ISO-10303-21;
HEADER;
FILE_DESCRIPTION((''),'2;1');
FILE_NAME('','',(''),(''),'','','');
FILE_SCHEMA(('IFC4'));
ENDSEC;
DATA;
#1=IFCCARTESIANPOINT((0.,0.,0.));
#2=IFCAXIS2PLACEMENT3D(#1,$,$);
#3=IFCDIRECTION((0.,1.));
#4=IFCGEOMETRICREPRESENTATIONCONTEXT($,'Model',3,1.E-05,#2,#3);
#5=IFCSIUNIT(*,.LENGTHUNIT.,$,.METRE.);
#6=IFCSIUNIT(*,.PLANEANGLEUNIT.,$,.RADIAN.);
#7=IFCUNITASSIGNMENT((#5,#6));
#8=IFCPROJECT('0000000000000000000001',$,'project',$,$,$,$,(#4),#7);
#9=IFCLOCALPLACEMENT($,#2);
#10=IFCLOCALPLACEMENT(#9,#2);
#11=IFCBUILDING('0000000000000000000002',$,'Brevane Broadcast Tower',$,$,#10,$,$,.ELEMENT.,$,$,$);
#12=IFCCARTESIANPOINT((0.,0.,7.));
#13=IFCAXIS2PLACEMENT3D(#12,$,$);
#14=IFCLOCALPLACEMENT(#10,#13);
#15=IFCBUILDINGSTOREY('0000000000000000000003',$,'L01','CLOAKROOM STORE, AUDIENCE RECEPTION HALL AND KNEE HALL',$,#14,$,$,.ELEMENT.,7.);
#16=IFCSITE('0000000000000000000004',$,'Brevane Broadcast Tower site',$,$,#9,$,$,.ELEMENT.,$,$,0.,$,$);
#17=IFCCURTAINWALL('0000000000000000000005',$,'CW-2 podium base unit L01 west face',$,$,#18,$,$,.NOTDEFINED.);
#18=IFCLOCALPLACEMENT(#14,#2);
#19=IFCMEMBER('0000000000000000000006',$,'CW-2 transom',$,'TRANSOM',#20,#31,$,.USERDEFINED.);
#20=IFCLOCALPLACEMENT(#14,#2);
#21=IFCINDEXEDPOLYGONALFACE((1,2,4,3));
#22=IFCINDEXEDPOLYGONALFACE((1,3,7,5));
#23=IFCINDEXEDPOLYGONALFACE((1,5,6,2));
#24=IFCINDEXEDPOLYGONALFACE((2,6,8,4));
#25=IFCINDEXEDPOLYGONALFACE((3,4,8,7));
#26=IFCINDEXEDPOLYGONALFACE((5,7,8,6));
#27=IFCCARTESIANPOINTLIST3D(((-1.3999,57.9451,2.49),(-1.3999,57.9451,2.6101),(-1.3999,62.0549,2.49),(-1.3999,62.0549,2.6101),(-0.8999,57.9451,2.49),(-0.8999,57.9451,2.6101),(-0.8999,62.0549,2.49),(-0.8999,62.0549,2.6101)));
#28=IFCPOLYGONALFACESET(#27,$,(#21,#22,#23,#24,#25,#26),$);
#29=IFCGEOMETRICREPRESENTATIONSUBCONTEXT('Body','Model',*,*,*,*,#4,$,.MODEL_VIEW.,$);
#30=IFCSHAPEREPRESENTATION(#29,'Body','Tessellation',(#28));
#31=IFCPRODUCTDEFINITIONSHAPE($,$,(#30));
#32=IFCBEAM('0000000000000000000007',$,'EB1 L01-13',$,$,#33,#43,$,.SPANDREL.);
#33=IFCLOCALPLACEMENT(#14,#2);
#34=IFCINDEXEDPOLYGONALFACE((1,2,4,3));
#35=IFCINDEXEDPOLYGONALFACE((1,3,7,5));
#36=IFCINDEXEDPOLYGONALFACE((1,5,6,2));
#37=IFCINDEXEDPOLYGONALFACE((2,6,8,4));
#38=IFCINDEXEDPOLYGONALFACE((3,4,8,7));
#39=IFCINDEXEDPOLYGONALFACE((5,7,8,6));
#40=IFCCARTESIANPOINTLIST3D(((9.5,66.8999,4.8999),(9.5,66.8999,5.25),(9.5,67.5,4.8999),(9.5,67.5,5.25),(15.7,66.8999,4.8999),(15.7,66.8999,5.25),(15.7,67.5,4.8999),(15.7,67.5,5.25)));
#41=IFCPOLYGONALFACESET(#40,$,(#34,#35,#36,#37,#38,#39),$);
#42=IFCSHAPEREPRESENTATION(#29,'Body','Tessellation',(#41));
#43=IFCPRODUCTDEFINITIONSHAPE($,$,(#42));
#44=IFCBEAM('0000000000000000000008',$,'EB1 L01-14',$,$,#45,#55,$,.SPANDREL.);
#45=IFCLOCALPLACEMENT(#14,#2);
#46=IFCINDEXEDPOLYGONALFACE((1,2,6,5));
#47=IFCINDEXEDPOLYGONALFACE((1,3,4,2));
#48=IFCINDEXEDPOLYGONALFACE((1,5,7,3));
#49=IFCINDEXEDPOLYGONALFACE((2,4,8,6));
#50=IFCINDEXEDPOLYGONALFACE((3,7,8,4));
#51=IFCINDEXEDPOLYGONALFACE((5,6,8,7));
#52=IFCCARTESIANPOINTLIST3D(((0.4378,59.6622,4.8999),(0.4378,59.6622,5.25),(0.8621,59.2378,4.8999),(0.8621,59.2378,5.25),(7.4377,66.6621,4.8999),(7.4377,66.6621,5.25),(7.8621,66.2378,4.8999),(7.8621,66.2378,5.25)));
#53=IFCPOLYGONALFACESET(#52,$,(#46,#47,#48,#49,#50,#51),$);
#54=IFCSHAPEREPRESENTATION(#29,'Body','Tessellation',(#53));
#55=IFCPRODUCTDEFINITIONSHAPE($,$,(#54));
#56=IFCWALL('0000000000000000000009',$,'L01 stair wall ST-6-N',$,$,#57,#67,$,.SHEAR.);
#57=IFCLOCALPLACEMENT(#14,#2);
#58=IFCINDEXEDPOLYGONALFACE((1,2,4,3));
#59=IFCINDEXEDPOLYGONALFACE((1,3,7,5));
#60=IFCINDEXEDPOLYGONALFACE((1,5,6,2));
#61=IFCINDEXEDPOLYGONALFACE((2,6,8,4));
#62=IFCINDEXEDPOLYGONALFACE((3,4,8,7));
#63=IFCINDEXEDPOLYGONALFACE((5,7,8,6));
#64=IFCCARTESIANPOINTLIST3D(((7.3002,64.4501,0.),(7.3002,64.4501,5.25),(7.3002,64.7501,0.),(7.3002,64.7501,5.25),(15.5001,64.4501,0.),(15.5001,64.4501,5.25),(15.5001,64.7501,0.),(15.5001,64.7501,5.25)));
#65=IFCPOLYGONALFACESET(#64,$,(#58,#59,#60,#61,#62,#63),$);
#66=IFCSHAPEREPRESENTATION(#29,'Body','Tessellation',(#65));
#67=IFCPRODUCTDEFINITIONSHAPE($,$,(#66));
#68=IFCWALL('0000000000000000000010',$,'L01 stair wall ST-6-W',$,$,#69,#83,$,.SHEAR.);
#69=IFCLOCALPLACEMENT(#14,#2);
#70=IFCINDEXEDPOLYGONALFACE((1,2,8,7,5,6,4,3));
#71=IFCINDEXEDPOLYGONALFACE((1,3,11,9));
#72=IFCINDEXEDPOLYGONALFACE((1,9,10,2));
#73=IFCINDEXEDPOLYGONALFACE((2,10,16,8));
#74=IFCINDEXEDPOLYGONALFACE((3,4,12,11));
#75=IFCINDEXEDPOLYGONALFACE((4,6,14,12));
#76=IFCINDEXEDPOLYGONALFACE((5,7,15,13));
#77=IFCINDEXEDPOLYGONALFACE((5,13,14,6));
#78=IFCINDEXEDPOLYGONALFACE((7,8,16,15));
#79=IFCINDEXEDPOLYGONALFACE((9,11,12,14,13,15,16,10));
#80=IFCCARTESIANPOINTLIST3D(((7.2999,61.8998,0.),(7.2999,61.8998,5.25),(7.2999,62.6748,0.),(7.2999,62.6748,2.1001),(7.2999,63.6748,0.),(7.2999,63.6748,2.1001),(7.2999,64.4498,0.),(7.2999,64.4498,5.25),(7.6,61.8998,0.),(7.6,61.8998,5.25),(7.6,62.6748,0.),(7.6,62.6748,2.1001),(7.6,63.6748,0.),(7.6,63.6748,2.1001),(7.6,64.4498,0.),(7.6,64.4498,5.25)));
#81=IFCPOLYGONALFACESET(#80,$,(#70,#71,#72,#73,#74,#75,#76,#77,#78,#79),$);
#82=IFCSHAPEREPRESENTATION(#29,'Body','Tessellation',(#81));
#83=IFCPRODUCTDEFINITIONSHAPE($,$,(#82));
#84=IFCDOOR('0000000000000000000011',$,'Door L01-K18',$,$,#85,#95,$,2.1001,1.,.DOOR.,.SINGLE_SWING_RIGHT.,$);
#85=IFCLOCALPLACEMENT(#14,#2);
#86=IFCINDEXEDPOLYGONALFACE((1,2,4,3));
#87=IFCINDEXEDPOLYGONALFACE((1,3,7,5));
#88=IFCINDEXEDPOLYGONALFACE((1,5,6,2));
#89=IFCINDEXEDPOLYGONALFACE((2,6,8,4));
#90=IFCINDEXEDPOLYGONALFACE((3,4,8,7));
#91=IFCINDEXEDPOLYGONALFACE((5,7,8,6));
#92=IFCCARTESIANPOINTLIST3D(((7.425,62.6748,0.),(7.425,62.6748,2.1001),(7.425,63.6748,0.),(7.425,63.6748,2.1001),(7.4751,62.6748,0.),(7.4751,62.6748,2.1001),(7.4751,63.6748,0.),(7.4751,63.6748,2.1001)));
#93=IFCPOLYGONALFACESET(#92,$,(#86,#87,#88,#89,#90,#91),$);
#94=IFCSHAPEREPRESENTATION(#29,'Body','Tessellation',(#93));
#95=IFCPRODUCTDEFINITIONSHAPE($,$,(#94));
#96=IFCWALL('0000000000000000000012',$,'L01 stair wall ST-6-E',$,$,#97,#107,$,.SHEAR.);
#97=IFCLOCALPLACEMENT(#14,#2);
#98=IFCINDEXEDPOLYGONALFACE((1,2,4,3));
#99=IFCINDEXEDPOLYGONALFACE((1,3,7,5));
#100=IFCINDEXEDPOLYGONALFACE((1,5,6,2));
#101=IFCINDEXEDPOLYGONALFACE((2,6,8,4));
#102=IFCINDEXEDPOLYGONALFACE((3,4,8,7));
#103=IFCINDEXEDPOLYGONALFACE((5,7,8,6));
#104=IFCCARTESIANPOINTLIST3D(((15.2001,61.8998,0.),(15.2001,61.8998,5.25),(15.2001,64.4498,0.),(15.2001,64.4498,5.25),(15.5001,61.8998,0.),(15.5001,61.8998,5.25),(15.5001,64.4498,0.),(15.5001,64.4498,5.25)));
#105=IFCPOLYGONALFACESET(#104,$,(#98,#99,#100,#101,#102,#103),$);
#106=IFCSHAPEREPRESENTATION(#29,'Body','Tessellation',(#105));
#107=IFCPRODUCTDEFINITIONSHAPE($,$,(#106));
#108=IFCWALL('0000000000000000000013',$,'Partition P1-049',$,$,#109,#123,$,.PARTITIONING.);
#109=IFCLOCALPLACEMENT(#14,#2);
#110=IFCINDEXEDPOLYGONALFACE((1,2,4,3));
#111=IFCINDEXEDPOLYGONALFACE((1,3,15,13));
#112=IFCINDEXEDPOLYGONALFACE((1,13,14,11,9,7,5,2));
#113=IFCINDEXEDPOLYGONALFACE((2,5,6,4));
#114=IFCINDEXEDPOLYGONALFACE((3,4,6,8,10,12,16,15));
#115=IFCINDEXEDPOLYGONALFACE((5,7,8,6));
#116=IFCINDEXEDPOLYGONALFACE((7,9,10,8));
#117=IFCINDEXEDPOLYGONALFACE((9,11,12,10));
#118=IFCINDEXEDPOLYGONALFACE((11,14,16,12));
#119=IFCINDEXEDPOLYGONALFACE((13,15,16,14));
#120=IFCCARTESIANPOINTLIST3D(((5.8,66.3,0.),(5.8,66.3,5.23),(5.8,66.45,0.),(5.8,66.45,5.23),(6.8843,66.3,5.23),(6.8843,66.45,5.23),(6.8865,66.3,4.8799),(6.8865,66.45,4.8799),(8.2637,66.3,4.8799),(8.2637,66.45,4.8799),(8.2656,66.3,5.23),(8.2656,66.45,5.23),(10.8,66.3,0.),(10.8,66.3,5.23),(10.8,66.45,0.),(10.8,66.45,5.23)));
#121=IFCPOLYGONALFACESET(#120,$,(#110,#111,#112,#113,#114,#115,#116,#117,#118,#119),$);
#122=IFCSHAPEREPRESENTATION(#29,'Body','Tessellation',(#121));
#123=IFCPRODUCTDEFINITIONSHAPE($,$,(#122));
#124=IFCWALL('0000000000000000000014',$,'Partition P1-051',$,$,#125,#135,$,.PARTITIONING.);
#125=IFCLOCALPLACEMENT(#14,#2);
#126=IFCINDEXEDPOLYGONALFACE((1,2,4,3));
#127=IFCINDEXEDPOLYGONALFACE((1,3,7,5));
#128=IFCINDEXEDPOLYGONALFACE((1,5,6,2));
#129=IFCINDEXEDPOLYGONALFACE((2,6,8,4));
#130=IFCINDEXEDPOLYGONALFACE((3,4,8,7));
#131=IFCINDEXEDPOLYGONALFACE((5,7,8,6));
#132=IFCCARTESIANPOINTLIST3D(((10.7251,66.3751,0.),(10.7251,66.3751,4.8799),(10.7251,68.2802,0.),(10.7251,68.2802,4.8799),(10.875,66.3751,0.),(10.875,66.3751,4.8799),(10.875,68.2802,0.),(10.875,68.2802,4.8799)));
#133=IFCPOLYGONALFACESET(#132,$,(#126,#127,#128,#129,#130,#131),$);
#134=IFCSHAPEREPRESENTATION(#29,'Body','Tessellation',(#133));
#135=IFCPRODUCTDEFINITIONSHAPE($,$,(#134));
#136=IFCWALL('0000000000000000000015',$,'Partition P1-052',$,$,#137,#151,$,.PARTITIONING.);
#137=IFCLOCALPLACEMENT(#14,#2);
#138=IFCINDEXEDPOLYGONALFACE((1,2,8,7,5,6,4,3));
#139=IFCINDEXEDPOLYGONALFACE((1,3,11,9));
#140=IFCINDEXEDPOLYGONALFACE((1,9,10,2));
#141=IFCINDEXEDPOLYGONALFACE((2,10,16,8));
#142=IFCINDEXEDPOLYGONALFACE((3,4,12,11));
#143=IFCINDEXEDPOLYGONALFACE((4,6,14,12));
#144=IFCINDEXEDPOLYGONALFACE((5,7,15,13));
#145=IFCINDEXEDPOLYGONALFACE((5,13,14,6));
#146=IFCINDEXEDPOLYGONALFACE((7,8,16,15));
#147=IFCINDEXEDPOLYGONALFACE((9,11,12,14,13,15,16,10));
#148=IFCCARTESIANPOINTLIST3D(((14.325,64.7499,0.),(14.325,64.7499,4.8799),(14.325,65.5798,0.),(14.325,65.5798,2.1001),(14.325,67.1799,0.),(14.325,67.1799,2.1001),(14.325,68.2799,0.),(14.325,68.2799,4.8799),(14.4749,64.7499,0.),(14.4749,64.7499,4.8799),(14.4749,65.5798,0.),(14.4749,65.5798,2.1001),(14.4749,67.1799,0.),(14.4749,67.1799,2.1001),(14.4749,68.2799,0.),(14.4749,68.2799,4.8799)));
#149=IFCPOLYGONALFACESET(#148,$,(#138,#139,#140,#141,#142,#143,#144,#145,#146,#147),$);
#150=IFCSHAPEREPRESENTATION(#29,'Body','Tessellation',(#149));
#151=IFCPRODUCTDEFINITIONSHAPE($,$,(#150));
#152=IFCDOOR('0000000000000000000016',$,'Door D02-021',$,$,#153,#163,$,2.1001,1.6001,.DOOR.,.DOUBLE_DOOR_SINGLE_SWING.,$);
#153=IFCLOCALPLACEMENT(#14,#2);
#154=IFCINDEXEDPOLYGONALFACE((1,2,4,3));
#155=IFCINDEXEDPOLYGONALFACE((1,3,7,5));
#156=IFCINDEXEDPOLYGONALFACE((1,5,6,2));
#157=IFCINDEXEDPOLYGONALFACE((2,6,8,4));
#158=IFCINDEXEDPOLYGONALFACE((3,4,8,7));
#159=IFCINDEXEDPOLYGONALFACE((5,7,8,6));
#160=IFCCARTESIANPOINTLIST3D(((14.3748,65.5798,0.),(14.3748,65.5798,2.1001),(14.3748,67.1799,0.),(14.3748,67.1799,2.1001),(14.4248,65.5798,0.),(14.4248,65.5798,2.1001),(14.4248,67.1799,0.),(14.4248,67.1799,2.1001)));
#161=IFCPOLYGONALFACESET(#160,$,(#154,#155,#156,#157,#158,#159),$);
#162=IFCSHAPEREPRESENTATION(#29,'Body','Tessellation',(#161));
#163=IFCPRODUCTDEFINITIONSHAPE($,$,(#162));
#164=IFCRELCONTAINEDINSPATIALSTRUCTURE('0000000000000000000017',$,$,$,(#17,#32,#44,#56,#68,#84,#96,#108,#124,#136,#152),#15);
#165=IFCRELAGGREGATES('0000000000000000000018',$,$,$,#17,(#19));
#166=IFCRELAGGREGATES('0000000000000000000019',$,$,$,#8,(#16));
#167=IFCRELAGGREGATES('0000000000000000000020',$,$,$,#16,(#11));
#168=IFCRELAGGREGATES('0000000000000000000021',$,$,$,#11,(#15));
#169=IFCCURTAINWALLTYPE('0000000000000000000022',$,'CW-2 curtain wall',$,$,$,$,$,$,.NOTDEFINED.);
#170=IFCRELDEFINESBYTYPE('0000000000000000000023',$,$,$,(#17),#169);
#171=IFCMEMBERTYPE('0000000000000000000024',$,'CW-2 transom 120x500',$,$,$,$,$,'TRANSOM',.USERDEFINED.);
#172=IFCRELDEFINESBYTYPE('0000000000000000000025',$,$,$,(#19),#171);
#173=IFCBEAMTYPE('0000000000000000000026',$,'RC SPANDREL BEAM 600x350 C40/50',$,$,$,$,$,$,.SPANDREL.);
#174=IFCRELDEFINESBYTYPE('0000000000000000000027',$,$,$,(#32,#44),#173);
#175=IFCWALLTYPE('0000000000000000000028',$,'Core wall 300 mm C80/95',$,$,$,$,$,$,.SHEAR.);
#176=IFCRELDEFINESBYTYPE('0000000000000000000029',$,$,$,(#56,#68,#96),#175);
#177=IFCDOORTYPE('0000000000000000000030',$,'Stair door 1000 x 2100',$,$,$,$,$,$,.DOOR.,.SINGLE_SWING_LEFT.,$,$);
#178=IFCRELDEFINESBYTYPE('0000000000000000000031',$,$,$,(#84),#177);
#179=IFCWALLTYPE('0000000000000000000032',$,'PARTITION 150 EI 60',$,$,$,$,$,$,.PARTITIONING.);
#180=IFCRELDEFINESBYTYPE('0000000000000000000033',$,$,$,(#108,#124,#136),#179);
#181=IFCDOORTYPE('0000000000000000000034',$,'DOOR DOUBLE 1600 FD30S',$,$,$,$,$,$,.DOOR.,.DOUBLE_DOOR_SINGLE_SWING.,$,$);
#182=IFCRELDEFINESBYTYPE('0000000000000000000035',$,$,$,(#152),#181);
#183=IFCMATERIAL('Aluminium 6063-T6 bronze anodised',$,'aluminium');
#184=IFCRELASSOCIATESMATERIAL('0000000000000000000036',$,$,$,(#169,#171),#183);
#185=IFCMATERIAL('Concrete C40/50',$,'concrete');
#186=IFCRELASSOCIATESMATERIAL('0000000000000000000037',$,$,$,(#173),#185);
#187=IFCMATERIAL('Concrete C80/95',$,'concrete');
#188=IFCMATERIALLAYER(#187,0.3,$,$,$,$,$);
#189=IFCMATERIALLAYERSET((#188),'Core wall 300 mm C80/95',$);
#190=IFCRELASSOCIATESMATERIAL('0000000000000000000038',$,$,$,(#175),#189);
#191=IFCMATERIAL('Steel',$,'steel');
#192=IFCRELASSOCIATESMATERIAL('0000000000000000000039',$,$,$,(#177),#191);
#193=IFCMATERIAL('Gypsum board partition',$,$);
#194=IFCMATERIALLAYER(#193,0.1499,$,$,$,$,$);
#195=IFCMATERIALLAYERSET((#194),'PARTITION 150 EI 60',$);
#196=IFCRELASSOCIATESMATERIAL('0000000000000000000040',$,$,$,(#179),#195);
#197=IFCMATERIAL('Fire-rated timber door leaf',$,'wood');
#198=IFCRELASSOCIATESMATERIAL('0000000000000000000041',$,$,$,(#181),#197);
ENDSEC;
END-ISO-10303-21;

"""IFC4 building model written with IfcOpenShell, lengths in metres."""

from ifc_helpers import new_model, si_unit, direction, frame, frame_2d, origin, origin_2d, place, context, subcontext, project, spatial, polyline, rectangle, outline, extrude, material, layer, layer_set, material_profile, profile_set, type_object, element, fill, aggregate, save


model = new_model("IFC4")

# Units and contexts
model_context = context("Model", 3, precision=1e-05, world=origin(), true_north=direction((0.0, 1.0)))
body_context = subcontext(model_context, "Body", "Model", "MODEL_VIEW")
ifc_project = project(units=[si_unit("LENGTHUNIT", "METRE"), si_unit("PLANEANGLEUNIT", "RADIAN")], contexts=[model_context])

# Site, building, storey
site_placement = place(None, origin())
site = spatial("IfcSite", under=ifc_project, at=site_placement, Name="Brevane Broadcast Tower site", CompositionType="ELEMENT", RefElevation=0.0)
building_placement = place(site_placement, origin())
building = spatial("IfcBuilding", under=site, at=building_placement, Name="Brevane Broadcast Tower", CompositionType="ELEMENT")
storey_placement = place(building_placement, frame((0.0, 0.0, 7.0)))
storey = spatial("IfcBuildingStorey", under=building, at=storey_placement, Name="L01", Description="CLOAKROOM STORE, AUDIENCE RECEPTION HALL AND KNEE HALL", CompositionType="ELEMENT", Elevation=7.0)

# Shared definitions
ifc_material_1 = material(Name="Concrete C80/95", Category="concrete")

# Shared definitions
ifc_material_2 = material(Name="Aluminium 6063-T6 bronze anodised", Category="aluminium")
curtain_wall_type = type_object("IfcCurtainWallType", Name="CW-2 curtain wall", PredefinedType="NOTDEFINED", material=ifc_material_2)

# Curtain wall
curtain_wall_1_placement = place(storey_placement, origin())
curtain_wall_1 = element("IfcCurtainWall", 1, at=curtain_wall_1_placement, inside=storey, type_object=curtain_wall_type, Name="CW-2 podium base unit L01 west face", PredefinedType="NOTDEFINED")

# Member
ifc_material_profile_1 = material_profile(ifc_material_2, rectangle(XDim=0.5, YDim=0.1201, at=origin_2d()), Name="RECT 120x500")
ifc_profile_set_1 = profile_set([ifc_material_profile_1], Name="Aluminium 6063-T6 bronze anodised")
member_type_1 = type_object("IfcMemberType", Name="CW-2 transom 120x500", ElementType="TRANSOM", PredefinedType="USERDEFINED", material=ifc_profile_set_1)
member_1_placement = place(storey_placement, frame((-1.1499, 62.0549, 2.55), z_axis=(0.0, -1.0, 0.0), x_axis=(1.0, 0.0, 0.0)))
member_1 = element("IfcMember", 2, at=member_1_placement, type_object=member_type_1, Name="CW-2 transom", ObjectType="TRANSOM", PredefinedType="USERDEFINED", context=body_context, shape_type="SweptSolid", body=[
    extrude(rectangle(XDim=0.5, YDim=0.1201, at=origin_2d()), origin(), (0.0, 0.0, 1.0), 4.1099),
])
aggregate(curtain_wall_1, [member_1])

# Beams
ifc_material_3 = material(Name="Concrete C40/50", Category="concrete")
ifc_material_profile_2 = material_profile(ifc_material_3, rectangle(XDim=0.6001, YDim=0.3501, at=origin_2d()), Name="RC 600x350")
ifc_profile_set_2 = profile_set([ifc_material_profile_2], Name="Concrete C40/50")
beam_type = type_object("IfcBeamType", Name="RC SPANDREL BEAM 600x350 C40/50", PredefinedType="SPANDREL", material=ifc_profile_set_2)
beam_1_placement = place(storey_placement, frame((15.7, 67.2, 5.075), z_axis=(-1.0, 0.0, 0.0), x_axis=(0.0, -1.0, 0.0)))
element("IfcBeam", 3, at=beam_1_placement, inside=storey, type_object=beam_type, Name="EB1 L01-13", PredefinedType="SPANDREL", context=body_context, shape_type="SweptSolid", body=[
    extrude(rectangle(XDim=0.6001, YDim=0.3501, at=origin_2d()), origin(), (0.0, 0.0, 1.0), 6.2),
])
beam_2_placement = place(storey_placement, frame((7.6499, 66.45, 5.075), z_axis=(-0.707107, -0.707107, 0.0), x_axis=(0.707107, -0.707107, 0.0)))
element("IfcBeam", 4, at=beam_2_placement, inside=storey, type_object=beam_type, Name="EB1 L01-14", PredefinedType="SPANDREL", context=body_context, shape_type="SweptSolid", body=[
    extrude(rectangle(XDim=0.6001, YDim=0.3501, at=origin_2d()), origin(), (0.0, 0.0, 1.0), 9.8994),
])

# Wall
ifc_layer_1 = layer(ifc_material_1, 0.3)
ifc_layer_set_1 = layer_set([ifc_layer_1], Name="Core wall 300 mm C80/95")
wall_type_1 = type_object("IfcWallType", Name="Core wall 300 mm C80/95", PredefinedType="SHEAR", material=ifc_layer_set_1)
wall_1_placement = place(storey_placement, frame((7.3, 64.6001, 0.0), z_axis=(0.0, 0.0, 1.0), x_axis=(1.0, 0.0, 0.0)))
element("IfcWall", 5, at=wall_1_placement, inside=storey, type_object=wall_type_1, Name="L01 stair wall ST-6-N", PredefinedType="SHEAR", context=body_context, shape_type="SweptSolid", body=[
    extrude(rectangle(XDim=8.2, YDim=0.3, at=frame_2d((4.1001, 0.0))), origin(), (0.0, 0.0, 1.0), 5.25),
])

# Wall, opening, door
wall_2_placement = place(storey_placement, frame((7.45, 61.8999, 0.0), z_axis=(0.0, 0.0, 1.0), x_axis=(0.0, 1.0, 0.0)))
wall_2 = element("IfcWall", 6, at=wall_2_placement, inside=storey, type_object=wall_type_1, Name="L01 stair wall ST-6-W", PredefinedType="SHEAR", context=body_context, shape_type="SweptSolid", body=[
    extrude(rectangle(XDim=2.55, YDim=0.3, at=frame_2d((1.2749, 0.0))), origin(), (0.0, 0.0, 1.0), 5.25),
])
opening_1_placement = place(wall_2_placement, frame((0.7749, 0.0, 0.0)))
opening_1 = element("IfcOpeningElement", 7, at=opening_1_placement, cuts=wall_2, PredefinedType="OPENING", context=body_context, shape_type="SweptSolid", body=[
    extrude(rectangle(XDim=1.0, YDim=2.1001, at=frame_2d((0.5, 1.05))), frame((0.0, 0.1599, 0.0), z_axis=(0.0, -1.0, 0.0), x_axis=(1.0, 0.0, 0.0)), (0.0, 0.0, 1.0), 0.3201),
])
ifc_material_4 = material(Name="Steel", Category="steel")
door_type_1 = type_object("IfcDoorType", Name="Stair door 1000 x 2100", OperationType="SINGLE_SWING_LEFT", PredefinedType="DOOR", material=ifc_material_4)
door_1_placement = place(opening_1_placement, origin())
door_1 = element("IfcDoor", 8, at=door_1_placement, inside=storey, type_object=door_type_1, Name="Door L01-K18", OperationType="SINGLE_SWING_RIGHT", OverallHeight=2.1001, OverallWidth=1.0, PredefinedType="DOOR", context=body_context, shape_type="SweptSolid", body=[
    extrude(rectangle(XDim=1.0, YDim=2.1001, at=frame_2d((0.5, 1.05))), frame((0.0, 0.0249, 0.0), z_axis=(0.0, -1.0, 0.0), x_axis=(1.0, 0.0, 0.0)), (0.0, 0.0, 1.0), 0.05),
])
fill(opening_1, door_1)

# Walls
wall_3_placement = place(storey_placement, frame((15.3501, 61.8999, 0.0), z_axis=(0.0, 0.0, 1.0), x_axis=(0.0, 1.0, 0.0)))
element("IfcWall", 9, at=wall_3_placement, inside=storey, type_object=wall_type_1, Name="L01 stair wall ST-6-E", PredefinedType="SHEAR", context=body_context, shape_type="SweptSolid", body=[
    extrude(rectangle(XDim=2.55, YDim=0.3, at=frame_2d((1.2749, 0.0))), origin(), (0.0, 0.0, 1.0), 5.25),
])
ifc_material_5 = material(Name="Gypsum board partition")
ifc_layer_2 = layer(ifc_material_5, 0.1499)
ifc_layer_set_2 = layer_set([ifc_layer_2], Name="PARTITION 150 EI 60")
wall_type_2 = type_object("IfcWallType", Name="PARTITION 150 EI 60", PredefinedType="PARTITIONING", material=ifc_layer_set_2)
wall_4_placement = place(storey_placement, frame((5.8, 66.375, 0.0), z_axis=(0.0, 0.0, 1.0), x_axis=(1.0, 0.0, 0.0)))
element("IfcWall", 10, at=wall_4_placement, inside=storey, type_object=wall_type_2, Name="Partition P1-049", PredefinedType="PARTITIONING", context=body_context, shape_type="SweptSolid", body=[
    extrude(outline(polyline([(0.0, 0.0), (5.0, 0.0), (5.0, 5.23), (2.4656, 5.23), (2.4636, 4.8799), (1.0864, 4.8799), (1.0842, 5.23), (0.0, 5.23), (0.0, 0.0)])), frame((0.0, 0.075, 0.0), z_axis=(0.0, -1.0, 0.0), x_axis=(1.0, 0.0, 0.0)), (0.0, 0.0, 1.0), 0.1499),
])
wall_5_placement = place(storey_placement, frame((10.8, 66.375, 0.0), z_axis=(0.0, 0.0, 1.0), x_axis=(0.0, 1.0, 0.0)))
element("IfcWall", 11, at=wall_5_placement, inside=storey, type_object=wall_type_2, Name="Partition P1-051", PredefinedType="PARTITIONING", context=body_context, shape_type="SweptSolid", body=[
    extrude(rectangle(XDim=1.905, YDim=0.1499, at=frame_2d((0.9526, 0.0))), origin(), (0.0, 0.0, 1.0), 4.8799),
])

# Wall, opening, door
wall_6_placement = place(storey_placement, frame((14.3999, 68.28, 0.0), z_axis=(0.0, 0.0, 1.0), x_axis=(0.0, -1.0, 0.0)))
wall_6 = element("IfcWall", 12, at=wall_6_placement, inside=storey, type_object=wall_type_2, Name="Partition P1-052", PredefinedType="PARTITIONING", context=body_context, shape_type="SweptSolid", body=[
    extrude(rectangle(XDim=3.53, YDim=0.1499, at=frame_2d((1.7651, 0.0))), origin(), (0.0, 0.0, 1.0), 4.8799),
])
opening_2_placement = place(wall_6_placement, frame((1.1001, 0.0, 0.0)))
opening_2 = element("IfcOpeningElement", 13, at=opening_2_placement, cuts=wall_6, PredefinedType="OPENING", context=body_context, shape_type="SweptSolid", body=[
    extrude(rectangle(XDim=1.6001, YDim=2.1001, at=frame_2d((0.8, 1.05))), frame((0.0, 0.085, 0.0), z_axis=(0.0, -1.0, 0.0), x_axis=(1.0, 0.0, 0.0)), (0.0, 0.0, 1.0), 0.1699),
])
ifc_material_6 = material(Name="Fire-rated timber door leaf", Category="wood")
door_type_2 = type_object("IfcDoorType", Name="DOOR DOUBLE 1600 FD30S", OperationType="DOUBLE_DOOR_SINGLE_SWING", PredefinedType="DOOR", material=ifc_material_6)
door_2_placement = place(opening_2_placement, origin())
door_2 = element("IfcDoor", 14, at=door_2_placement, inside=storey, type_object=door_type_2, Name="Door D02-021", OperationType="DOUBLE_DOOR_SINGLE_SWING", OverallHeight=2.1001, OverallWidth=1.6001, PredefinedType="DOOR", context=body_context, shape_type="SweptSolid", body=[
    extrude(rectangle(XDim=1.6001, YDim=2.1001, at=frame_2d((0.8, 1.05))), frame((0.0, 0.0249, 0.0), z_axis=(0.0, -1.0, 0.0), x_axis=(1.0, 0.0, 0.0)), (0.0, 0.0, 1.0), 0.05),
])
fill(opening_2, door_2)

save(model, "model.ifc")
